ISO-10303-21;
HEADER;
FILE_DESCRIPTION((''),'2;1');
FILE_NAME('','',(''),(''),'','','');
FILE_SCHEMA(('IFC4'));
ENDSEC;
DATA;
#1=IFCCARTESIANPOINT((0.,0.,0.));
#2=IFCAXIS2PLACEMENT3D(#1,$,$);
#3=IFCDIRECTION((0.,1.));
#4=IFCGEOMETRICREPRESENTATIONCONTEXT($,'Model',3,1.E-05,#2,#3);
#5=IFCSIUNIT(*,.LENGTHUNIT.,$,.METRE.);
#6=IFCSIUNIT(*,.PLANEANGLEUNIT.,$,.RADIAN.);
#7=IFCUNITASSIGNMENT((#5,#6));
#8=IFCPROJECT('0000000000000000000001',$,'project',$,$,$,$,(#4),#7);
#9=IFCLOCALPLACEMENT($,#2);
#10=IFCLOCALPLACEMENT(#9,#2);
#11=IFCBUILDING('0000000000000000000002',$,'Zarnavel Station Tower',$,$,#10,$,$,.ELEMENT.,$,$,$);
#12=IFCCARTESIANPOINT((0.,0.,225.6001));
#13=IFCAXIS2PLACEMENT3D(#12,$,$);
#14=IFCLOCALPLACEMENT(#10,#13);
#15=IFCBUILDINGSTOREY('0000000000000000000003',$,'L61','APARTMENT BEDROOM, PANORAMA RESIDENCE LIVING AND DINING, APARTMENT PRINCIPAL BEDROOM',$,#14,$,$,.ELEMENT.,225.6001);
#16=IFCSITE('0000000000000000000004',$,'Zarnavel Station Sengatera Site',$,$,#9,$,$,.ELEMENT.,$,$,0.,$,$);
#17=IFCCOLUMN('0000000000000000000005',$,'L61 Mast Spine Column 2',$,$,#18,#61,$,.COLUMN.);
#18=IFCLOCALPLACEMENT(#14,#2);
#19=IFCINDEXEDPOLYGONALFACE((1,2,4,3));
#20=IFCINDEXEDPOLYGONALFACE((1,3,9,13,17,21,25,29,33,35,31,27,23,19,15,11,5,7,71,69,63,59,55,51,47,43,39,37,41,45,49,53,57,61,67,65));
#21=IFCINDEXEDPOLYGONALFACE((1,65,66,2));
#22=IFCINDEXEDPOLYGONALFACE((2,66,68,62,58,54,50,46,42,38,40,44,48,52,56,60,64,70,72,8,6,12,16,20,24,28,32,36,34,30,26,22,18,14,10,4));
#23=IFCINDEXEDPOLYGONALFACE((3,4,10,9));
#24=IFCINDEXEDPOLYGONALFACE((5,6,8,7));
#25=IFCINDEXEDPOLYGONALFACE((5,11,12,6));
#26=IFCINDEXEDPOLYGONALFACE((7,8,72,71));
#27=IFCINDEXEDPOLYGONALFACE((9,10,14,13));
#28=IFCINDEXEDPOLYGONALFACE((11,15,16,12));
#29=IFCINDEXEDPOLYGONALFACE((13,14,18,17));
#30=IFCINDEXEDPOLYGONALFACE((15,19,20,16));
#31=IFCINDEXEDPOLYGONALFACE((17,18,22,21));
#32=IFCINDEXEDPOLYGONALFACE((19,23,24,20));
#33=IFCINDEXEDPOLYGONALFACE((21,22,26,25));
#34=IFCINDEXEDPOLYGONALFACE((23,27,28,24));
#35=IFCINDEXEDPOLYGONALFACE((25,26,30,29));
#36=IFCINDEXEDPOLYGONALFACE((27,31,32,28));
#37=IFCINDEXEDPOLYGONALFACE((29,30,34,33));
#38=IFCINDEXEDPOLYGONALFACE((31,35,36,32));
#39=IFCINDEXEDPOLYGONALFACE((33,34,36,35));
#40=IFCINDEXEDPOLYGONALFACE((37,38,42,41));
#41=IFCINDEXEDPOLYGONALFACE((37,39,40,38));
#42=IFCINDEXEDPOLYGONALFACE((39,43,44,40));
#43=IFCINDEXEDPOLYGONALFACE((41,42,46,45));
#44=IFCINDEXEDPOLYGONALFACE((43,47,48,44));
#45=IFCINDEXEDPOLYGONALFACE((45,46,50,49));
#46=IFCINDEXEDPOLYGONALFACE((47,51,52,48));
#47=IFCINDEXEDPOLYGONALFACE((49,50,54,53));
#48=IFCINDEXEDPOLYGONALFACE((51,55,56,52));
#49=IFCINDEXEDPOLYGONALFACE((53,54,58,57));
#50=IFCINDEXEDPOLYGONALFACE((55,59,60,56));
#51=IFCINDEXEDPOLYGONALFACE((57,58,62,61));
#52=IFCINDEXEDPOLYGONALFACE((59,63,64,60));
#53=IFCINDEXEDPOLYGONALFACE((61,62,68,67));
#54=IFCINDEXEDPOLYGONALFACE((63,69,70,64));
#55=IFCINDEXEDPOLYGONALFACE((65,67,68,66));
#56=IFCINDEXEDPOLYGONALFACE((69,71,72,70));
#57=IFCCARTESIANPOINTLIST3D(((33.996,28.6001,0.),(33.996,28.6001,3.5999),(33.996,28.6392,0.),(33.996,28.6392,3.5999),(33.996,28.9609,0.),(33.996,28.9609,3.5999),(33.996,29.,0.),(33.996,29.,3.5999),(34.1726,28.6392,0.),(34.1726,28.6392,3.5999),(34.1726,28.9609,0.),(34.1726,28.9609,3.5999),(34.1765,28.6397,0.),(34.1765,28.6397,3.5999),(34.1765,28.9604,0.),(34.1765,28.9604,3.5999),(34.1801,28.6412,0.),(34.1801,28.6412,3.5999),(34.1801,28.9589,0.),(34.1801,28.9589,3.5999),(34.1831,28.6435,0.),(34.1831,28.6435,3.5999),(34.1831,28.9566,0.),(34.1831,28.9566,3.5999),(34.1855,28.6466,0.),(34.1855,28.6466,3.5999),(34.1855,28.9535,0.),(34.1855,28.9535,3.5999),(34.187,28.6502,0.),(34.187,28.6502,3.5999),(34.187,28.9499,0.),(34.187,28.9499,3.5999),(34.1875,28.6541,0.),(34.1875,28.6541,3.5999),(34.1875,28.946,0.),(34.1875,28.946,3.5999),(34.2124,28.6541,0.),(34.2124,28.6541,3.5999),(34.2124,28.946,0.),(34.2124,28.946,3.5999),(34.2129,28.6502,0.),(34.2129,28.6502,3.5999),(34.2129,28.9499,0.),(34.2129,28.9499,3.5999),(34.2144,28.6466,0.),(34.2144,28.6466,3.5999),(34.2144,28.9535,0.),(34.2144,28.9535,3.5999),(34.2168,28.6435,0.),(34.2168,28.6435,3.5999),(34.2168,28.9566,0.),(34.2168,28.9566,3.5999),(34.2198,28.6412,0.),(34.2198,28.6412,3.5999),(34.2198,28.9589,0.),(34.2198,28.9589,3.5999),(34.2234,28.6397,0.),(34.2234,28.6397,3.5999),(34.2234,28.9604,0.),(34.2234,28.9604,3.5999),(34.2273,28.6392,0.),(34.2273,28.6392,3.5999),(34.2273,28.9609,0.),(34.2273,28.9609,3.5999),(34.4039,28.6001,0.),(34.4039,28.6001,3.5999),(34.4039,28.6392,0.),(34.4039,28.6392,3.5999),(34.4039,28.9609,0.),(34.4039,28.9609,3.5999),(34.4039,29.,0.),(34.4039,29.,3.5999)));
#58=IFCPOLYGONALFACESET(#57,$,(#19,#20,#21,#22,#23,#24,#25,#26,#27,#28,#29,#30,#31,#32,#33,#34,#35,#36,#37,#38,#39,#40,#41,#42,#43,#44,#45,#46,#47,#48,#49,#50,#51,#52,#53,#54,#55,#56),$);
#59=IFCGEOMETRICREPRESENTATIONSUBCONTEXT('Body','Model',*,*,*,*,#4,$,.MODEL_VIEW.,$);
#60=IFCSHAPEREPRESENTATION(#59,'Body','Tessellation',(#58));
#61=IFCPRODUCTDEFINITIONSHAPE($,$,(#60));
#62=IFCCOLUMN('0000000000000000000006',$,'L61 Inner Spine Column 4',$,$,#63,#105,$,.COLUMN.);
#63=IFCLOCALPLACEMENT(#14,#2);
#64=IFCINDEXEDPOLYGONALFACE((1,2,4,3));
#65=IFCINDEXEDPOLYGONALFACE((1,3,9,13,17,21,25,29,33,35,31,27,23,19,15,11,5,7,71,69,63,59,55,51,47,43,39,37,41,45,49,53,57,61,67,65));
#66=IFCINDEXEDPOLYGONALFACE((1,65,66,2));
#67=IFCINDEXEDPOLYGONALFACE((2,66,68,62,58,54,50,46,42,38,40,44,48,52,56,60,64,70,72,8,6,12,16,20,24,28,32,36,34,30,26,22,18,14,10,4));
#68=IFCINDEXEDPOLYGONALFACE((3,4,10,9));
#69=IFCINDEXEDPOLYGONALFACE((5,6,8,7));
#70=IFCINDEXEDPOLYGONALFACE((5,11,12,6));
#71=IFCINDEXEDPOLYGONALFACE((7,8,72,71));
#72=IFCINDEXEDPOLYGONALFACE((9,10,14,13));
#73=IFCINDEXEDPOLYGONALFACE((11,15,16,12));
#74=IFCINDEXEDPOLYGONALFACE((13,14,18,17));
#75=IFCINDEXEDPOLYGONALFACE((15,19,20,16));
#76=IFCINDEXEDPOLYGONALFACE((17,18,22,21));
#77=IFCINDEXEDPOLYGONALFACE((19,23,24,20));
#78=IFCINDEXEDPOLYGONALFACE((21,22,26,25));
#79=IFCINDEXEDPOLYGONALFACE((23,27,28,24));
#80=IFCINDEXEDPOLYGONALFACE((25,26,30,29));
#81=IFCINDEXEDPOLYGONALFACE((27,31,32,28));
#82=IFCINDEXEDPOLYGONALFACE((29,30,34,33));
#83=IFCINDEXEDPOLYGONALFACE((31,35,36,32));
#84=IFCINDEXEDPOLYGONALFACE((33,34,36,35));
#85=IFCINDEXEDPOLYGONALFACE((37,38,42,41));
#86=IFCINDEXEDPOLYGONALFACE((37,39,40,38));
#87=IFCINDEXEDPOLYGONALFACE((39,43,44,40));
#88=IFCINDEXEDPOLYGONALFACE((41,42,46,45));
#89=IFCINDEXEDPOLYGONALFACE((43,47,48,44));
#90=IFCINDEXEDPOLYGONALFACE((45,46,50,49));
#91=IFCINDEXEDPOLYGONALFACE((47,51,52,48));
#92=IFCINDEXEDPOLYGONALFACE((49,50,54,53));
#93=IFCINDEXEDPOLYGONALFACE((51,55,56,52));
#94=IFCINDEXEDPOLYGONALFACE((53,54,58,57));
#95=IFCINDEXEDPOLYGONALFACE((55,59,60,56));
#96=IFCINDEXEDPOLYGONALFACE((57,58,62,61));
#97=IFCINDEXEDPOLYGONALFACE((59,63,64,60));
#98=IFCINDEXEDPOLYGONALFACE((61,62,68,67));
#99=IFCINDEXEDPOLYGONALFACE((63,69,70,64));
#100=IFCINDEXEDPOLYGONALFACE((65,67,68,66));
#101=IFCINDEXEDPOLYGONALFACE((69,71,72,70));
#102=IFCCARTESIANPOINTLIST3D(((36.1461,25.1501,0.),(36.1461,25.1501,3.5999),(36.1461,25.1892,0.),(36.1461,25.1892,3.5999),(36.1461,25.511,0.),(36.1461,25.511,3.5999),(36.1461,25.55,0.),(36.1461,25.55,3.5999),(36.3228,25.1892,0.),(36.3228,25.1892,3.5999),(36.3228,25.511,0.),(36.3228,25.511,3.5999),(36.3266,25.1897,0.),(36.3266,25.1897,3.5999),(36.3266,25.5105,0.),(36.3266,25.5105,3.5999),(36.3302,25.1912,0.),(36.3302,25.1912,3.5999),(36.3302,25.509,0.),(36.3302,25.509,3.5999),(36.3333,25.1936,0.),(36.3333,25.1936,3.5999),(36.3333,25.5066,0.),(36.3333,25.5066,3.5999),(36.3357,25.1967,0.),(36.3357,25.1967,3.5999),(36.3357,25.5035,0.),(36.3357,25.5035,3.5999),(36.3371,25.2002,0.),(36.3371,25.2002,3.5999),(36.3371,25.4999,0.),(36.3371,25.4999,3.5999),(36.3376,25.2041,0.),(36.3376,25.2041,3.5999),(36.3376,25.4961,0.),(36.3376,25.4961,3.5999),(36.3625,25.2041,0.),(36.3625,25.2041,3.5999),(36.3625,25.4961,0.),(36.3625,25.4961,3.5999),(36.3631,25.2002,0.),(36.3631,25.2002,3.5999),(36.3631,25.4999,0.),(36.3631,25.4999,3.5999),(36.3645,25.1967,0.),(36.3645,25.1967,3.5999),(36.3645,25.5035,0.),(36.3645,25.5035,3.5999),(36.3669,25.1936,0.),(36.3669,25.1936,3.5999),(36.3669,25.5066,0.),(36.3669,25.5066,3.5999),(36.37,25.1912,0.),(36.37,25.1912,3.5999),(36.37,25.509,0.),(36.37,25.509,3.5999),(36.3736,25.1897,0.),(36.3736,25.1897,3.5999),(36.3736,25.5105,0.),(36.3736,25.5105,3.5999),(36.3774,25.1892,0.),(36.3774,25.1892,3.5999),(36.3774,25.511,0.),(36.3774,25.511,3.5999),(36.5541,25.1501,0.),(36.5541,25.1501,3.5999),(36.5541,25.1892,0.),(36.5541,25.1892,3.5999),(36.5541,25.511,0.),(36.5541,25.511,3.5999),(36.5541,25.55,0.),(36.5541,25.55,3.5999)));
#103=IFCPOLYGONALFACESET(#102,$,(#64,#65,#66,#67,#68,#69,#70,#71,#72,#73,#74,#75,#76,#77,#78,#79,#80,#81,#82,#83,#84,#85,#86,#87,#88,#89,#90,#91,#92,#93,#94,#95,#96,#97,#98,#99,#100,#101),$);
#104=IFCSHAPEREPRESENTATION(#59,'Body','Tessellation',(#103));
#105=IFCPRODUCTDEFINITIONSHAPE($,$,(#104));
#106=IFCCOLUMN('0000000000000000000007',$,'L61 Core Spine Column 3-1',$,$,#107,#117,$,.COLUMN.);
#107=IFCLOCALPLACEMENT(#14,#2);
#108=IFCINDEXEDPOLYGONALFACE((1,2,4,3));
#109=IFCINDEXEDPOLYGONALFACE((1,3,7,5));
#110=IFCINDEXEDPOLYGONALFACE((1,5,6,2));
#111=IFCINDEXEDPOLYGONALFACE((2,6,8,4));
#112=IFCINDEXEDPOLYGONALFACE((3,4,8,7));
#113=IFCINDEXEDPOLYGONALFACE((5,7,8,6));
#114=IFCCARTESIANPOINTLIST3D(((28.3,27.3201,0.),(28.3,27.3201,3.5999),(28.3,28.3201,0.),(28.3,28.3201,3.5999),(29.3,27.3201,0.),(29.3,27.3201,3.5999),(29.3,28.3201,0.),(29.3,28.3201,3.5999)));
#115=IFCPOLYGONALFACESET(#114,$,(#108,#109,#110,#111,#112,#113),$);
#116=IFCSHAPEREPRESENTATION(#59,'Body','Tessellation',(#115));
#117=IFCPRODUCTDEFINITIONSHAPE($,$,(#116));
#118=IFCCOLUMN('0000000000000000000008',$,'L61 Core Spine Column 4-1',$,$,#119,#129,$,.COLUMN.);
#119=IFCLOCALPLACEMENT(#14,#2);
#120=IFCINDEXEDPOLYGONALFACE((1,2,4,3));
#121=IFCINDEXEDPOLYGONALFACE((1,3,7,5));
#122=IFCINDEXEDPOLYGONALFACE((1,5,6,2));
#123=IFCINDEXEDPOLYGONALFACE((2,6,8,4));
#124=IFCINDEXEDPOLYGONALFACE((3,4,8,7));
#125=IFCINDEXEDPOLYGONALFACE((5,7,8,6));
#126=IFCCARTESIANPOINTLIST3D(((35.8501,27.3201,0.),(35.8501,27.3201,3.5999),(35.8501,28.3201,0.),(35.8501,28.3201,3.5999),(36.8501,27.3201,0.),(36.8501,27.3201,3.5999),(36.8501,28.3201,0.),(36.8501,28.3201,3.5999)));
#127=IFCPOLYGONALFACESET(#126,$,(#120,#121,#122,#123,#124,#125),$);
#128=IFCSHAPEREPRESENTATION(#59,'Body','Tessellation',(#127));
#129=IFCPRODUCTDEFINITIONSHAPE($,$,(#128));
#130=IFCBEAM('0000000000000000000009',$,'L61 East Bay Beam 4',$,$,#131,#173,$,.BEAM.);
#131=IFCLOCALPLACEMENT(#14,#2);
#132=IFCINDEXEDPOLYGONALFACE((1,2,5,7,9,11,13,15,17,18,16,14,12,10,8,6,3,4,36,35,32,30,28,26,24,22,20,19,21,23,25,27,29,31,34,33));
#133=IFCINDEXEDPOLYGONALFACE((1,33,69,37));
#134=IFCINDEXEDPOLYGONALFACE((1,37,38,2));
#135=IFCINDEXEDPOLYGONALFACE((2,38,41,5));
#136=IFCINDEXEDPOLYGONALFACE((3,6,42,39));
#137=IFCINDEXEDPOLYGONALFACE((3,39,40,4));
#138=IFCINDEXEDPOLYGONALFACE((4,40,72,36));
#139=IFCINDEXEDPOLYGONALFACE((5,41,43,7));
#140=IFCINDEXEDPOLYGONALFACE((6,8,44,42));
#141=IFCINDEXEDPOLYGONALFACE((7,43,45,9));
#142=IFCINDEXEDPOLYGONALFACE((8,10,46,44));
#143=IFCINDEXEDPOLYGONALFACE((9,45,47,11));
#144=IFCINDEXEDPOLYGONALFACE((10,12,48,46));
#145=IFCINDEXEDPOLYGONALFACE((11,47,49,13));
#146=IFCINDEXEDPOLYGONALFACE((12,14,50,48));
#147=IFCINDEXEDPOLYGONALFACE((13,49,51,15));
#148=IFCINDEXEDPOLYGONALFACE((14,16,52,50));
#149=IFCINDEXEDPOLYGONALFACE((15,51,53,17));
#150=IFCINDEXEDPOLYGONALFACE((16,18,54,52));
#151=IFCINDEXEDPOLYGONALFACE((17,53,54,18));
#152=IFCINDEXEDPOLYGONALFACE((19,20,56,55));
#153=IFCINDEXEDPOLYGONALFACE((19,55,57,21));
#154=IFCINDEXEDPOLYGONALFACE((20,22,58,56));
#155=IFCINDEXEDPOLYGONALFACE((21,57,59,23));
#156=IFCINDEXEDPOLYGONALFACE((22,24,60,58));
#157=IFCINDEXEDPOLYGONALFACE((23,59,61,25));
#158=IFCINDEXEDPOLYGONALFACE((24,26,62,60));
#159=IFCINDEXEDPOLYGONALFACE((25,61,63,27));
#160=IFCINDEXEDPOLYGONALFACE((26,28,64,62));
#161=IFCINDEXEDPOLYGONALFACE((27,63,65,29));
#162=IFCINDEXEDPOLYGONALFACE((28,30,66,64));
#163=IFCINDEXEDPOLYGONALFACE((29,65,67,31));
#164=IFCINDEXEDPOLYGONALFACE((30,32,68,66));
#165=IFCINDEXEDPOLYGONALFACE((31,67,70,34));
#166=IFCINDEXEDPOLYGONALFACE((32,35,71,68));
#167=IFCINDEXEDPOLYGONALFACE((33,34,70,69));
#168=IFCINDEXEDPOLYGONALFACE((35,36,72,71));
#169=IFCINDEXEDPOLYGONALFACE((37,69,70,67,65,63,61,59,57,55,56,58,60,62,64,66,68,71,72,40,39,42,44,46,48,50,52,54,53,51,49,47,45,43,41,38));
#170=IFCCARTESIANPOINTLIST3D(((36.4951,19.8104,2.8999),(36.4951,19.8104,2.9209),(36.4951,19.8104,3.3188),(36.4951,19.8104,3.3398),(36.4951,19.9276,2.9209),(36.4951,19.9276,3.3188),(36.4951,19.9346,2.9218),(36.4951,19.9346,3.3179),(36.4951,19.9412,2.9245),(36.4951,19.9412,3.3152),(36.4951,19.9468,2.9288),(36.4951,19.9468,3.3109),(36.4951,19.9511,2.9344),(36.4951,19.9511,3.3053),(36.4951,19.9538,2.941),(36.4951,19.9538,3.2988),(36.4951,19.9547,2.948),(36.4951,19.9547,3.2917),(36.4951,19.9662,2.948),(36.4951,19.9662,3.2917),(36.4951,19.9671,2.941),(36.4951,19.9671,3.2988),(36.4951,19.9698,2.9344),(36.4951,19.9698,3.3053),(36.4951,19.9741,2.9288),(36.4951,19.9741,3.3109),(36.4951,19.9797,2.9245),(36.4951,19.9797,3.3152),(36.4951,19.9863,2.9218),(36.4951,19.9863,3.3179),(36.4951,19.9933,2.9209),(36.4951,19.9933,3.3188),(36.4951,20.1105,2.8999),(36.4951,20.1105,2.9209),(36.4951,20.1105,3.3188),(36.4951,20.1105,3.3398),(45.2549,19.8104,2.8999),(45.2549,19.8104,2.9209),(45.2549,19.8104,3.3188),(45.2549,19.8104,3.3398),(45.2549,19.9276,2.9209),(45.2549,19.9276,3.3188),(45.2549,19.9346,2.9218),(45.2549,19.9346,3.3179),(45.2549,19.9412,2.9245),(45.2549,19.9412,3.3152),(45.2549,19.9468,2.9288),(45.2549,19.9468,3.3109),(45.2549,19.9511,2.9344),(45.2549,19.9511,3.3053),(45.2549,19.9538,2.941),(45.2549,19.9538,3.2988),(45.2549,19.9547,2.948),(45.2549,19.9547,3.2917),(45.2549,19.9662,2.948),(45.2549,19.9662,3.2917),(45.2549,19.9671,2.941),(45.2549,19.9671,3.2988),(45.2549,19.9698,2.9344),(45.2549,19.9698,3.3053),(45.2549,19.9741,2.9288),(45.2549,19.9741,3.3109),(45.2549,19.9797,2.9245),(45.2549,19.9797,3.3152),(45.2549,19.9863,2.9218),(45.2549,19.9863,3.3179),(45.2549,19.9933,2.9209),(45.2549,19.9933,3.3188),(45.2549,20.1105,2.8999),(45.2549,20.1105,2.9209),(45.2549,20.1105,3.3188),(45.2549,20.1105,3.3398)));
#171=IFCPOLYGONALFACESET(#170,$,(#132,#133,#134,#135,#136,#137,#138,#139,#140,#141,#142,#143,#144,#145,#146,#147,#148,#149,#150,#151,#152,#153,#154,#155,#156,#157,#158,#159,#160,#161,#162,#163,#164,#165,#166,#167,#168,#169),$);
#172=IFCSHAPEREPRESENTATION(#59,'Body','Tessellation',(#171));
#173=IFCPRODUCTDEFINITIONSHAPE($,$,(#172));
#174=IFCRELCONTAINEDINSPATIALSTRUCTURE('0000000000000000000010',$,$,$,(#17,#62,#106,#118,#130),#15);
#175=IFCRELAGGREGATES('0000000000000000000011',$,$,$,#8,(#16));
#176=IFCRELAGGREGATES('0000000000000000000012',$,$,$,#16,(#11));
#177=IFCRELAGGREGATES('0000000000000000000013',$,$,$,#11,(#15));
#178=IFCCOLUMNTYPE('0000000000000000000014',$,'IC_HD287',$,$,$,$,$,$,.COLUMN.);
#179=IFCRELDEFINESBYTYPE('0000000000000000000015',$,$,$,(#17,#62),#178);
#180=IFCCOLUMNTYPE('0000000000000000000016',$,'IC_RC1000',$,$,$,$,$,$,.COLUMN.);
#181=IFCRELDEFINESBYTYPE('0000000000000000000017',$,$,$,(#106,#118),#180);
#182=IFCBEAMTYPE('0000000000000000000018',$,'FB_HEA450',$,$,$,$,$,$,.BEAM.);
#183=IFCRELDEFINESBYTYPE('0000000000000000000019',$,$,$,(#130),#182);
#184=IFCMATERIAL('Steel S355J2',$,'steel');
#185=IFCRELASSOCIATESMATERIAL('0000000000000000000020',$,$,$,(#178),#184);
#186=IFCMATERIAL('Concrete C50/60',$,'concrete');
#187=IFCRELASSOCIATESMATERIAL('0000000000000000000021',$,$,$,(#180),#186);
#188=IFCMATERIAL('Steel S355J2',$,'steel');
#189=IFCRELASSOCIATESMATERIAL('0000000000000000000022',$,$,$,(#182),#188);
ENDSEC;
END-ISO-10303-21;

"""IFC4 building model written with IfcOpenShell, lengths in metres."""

from ifc_helpers import new_model, si_unit, direction, frame, origin, origin_2d, place, context, subcontext, project, spatial, rectangle, i_section, extrude, material, material_profile, profile_set, type_object, element, save


model = new_model("IFC4")

# Units and contexts
model_context = context("Model", 3, precision=1e-05, world=origin(), true_north=direction((0.0, 1.0)))
body_context = subcontext(model_context, "Body", "Model", "MODEL_VIEW")
ifc_project = project(units=[si_unit("LENGTHUNIT", "METRE"), si_unit("PLANEANGLEUNIT", "RADIAN")], contexts=[model_context])

# Site, building, storey
site_placement = place(None, origin())
site = spatial("IfcSite", under=ifc_project, at=site_placement, Name="Zarnavel Station Sengatera Site", CompositionType="ELEMENT", RefElevation=0.0)
building_placement = place(site_placement, origin())
building = spatial("IfcBuilding", under=site, at=building_placement, Name="Zarnavel Station Tower", CompositionType="ELEMENT")
storey_placement = place(building_placement, frame((0.0, 0.0, 225.6001)))
storey = spatial("IfcBuildingStorey", under=building, at=storey_placement, Name="L61", Description="APARTMENT BEDROOM, PANORAMA RESIDENCE LIVING AND DINING, APARTMENT PRINCIPAL BEDROOM", CompositionType="ELEMENT", Elevation=225.6001)

# Columns
ifc_material_1 = material(Name="Steel S355J2", Category="steel")
ifc_material_profile_1 = material_profile(ifc_material_1, i_section(OverallWidth=0.408, OverallDepth=0.3999, WebThickness=0.0249, FlangeThickness=0.0391, FilletRadius=0.0149, at=origin_2d()), Name="HD400x287")
ifc_profile_set_1 = profile_set([ifc_material_profile_1], Name="Steel S355J2")
column_type_1 = type_object("IfcColumnType", Name="IC_HD287", PredefinedType="COLUMN", material=ifc_profile_set_1)
for number, where, z_axis, x_axis, name in (
    (1, (34.2, 28.8, 0.0), (0.0, 0.0, 1.0), (1.0, 0.0, 0.0), "L61 Mast Spine Column 2"),
    (2, (36.3501, 25.3501, 0.0), (0.0, 0.0, 1.0), (1.0, 0.0, 0.0), "L61 Inner Spine Column 4"),
):
    element("IfcColumn", number, at=place(storey_placement, frame(where, z_axis=z_axis, x_axis=x_axis)), inside=storey, type_object=column_type_1, Name=name, PredefinedType="COLUMN", context=body_context, shape_type="SweptSolid", body=[
        extrude(i_section(OverallWidth=0.408, OverallDepth=0.3999, WebThickness=0.0249, FlangeThickness=0.0391, FilletRadius=0.0149, at=origin_2d()), origin(), (0.0, 0.0, 1.0), 3.5999),
    ])
ifc_material_2 = material(Name="Concrete C50/60", Category="concrete")
ifc_material_profile_2 = material_profile(ifc_material_2, rectangle(XDim=1.0, YDim=1.0, at=origin_2d()), Name="RC1000x1000")
ifc_profile_set_2 = profile_set([ifc_material_profile_2], Name="Concrete C50/60")
column_type_2 = type_object("IfcColumnType", Name="IC_RC1000", PredefinedType="COLUMN", material=ifc_profile_set_2)
for number, where, z_axis, x_axis, name in (
    (3, (28.8, 27.8201, 0.0), (0.0, 0.0, 1.0), (1.0, 0.0, 0.0), "L61 Core Spine Column 3-1"),
    (4, (36.3501, 27.8201, 0.0), (0.0, 0.0, 1.0), (1.0, 0.0, 0.0), "L61 Core Spine Column 4-1"),
):
    element("IfcColumn", number, at=place(storey_placement, frame(where, z_axis=z_axis, x_axis=x_axis)), inside=storey, type_object=column_type_2, Name=name, PredefinedType="COLUMN", context=body_context, shape_type="SweptSolid", body=[
        extrude(rectangle(XDim=1.0, YDim=1.0, at=origin_2d()), origin(), (0.0, 0.0, 1.0), 3.5999),
    ])

# Beam
ifc_material_3 = material(Name="Steel S355J2", Category="steel")
ifc_material_profile_3 = material_profile(ifc_material_3, i_section(OverallWidth=0.3, OverallDepth=0.4399, WebThickness=0.0115, FlangeThickness=0.021, FilletRadius=0.0271, at=origin_2d()), Name="HEA450")
ifc_profile_set_3 = profile_set([ifc_material_profile_3], Name="Steel S355J2")
beam_type_1 = type_object("IfcBeamType", Name="FB_HEA450", PredefinedType="BEAM", material=ifc_profile_set_3)
beam_1_placement = place(storey_placement, frame((36.4951, 19.9604, 3.1199), z_axis=(1.0, 0.0, 0.0), x_axis=(0.0, 1.0, 0.0)))
element("IfcBeam", 5, at=beam_1_placement, inside=storey, type_object=beam_type_1, Name="L61 East Bay Beam 4", PredefinedType="BEAM", context=body_context, shape_type="SweptSolid", body=[
    extrude(i_section(OverallWidth=0.3, OverallDepth=0.4399, WebThickness=0.0115, FlangeThickness=0.021, FilletRadius=0.0271, at=origin_2d()), origin(), (0.0, 0.0, 1.0), 8.7598),
])

save(model, "model.ifc")
